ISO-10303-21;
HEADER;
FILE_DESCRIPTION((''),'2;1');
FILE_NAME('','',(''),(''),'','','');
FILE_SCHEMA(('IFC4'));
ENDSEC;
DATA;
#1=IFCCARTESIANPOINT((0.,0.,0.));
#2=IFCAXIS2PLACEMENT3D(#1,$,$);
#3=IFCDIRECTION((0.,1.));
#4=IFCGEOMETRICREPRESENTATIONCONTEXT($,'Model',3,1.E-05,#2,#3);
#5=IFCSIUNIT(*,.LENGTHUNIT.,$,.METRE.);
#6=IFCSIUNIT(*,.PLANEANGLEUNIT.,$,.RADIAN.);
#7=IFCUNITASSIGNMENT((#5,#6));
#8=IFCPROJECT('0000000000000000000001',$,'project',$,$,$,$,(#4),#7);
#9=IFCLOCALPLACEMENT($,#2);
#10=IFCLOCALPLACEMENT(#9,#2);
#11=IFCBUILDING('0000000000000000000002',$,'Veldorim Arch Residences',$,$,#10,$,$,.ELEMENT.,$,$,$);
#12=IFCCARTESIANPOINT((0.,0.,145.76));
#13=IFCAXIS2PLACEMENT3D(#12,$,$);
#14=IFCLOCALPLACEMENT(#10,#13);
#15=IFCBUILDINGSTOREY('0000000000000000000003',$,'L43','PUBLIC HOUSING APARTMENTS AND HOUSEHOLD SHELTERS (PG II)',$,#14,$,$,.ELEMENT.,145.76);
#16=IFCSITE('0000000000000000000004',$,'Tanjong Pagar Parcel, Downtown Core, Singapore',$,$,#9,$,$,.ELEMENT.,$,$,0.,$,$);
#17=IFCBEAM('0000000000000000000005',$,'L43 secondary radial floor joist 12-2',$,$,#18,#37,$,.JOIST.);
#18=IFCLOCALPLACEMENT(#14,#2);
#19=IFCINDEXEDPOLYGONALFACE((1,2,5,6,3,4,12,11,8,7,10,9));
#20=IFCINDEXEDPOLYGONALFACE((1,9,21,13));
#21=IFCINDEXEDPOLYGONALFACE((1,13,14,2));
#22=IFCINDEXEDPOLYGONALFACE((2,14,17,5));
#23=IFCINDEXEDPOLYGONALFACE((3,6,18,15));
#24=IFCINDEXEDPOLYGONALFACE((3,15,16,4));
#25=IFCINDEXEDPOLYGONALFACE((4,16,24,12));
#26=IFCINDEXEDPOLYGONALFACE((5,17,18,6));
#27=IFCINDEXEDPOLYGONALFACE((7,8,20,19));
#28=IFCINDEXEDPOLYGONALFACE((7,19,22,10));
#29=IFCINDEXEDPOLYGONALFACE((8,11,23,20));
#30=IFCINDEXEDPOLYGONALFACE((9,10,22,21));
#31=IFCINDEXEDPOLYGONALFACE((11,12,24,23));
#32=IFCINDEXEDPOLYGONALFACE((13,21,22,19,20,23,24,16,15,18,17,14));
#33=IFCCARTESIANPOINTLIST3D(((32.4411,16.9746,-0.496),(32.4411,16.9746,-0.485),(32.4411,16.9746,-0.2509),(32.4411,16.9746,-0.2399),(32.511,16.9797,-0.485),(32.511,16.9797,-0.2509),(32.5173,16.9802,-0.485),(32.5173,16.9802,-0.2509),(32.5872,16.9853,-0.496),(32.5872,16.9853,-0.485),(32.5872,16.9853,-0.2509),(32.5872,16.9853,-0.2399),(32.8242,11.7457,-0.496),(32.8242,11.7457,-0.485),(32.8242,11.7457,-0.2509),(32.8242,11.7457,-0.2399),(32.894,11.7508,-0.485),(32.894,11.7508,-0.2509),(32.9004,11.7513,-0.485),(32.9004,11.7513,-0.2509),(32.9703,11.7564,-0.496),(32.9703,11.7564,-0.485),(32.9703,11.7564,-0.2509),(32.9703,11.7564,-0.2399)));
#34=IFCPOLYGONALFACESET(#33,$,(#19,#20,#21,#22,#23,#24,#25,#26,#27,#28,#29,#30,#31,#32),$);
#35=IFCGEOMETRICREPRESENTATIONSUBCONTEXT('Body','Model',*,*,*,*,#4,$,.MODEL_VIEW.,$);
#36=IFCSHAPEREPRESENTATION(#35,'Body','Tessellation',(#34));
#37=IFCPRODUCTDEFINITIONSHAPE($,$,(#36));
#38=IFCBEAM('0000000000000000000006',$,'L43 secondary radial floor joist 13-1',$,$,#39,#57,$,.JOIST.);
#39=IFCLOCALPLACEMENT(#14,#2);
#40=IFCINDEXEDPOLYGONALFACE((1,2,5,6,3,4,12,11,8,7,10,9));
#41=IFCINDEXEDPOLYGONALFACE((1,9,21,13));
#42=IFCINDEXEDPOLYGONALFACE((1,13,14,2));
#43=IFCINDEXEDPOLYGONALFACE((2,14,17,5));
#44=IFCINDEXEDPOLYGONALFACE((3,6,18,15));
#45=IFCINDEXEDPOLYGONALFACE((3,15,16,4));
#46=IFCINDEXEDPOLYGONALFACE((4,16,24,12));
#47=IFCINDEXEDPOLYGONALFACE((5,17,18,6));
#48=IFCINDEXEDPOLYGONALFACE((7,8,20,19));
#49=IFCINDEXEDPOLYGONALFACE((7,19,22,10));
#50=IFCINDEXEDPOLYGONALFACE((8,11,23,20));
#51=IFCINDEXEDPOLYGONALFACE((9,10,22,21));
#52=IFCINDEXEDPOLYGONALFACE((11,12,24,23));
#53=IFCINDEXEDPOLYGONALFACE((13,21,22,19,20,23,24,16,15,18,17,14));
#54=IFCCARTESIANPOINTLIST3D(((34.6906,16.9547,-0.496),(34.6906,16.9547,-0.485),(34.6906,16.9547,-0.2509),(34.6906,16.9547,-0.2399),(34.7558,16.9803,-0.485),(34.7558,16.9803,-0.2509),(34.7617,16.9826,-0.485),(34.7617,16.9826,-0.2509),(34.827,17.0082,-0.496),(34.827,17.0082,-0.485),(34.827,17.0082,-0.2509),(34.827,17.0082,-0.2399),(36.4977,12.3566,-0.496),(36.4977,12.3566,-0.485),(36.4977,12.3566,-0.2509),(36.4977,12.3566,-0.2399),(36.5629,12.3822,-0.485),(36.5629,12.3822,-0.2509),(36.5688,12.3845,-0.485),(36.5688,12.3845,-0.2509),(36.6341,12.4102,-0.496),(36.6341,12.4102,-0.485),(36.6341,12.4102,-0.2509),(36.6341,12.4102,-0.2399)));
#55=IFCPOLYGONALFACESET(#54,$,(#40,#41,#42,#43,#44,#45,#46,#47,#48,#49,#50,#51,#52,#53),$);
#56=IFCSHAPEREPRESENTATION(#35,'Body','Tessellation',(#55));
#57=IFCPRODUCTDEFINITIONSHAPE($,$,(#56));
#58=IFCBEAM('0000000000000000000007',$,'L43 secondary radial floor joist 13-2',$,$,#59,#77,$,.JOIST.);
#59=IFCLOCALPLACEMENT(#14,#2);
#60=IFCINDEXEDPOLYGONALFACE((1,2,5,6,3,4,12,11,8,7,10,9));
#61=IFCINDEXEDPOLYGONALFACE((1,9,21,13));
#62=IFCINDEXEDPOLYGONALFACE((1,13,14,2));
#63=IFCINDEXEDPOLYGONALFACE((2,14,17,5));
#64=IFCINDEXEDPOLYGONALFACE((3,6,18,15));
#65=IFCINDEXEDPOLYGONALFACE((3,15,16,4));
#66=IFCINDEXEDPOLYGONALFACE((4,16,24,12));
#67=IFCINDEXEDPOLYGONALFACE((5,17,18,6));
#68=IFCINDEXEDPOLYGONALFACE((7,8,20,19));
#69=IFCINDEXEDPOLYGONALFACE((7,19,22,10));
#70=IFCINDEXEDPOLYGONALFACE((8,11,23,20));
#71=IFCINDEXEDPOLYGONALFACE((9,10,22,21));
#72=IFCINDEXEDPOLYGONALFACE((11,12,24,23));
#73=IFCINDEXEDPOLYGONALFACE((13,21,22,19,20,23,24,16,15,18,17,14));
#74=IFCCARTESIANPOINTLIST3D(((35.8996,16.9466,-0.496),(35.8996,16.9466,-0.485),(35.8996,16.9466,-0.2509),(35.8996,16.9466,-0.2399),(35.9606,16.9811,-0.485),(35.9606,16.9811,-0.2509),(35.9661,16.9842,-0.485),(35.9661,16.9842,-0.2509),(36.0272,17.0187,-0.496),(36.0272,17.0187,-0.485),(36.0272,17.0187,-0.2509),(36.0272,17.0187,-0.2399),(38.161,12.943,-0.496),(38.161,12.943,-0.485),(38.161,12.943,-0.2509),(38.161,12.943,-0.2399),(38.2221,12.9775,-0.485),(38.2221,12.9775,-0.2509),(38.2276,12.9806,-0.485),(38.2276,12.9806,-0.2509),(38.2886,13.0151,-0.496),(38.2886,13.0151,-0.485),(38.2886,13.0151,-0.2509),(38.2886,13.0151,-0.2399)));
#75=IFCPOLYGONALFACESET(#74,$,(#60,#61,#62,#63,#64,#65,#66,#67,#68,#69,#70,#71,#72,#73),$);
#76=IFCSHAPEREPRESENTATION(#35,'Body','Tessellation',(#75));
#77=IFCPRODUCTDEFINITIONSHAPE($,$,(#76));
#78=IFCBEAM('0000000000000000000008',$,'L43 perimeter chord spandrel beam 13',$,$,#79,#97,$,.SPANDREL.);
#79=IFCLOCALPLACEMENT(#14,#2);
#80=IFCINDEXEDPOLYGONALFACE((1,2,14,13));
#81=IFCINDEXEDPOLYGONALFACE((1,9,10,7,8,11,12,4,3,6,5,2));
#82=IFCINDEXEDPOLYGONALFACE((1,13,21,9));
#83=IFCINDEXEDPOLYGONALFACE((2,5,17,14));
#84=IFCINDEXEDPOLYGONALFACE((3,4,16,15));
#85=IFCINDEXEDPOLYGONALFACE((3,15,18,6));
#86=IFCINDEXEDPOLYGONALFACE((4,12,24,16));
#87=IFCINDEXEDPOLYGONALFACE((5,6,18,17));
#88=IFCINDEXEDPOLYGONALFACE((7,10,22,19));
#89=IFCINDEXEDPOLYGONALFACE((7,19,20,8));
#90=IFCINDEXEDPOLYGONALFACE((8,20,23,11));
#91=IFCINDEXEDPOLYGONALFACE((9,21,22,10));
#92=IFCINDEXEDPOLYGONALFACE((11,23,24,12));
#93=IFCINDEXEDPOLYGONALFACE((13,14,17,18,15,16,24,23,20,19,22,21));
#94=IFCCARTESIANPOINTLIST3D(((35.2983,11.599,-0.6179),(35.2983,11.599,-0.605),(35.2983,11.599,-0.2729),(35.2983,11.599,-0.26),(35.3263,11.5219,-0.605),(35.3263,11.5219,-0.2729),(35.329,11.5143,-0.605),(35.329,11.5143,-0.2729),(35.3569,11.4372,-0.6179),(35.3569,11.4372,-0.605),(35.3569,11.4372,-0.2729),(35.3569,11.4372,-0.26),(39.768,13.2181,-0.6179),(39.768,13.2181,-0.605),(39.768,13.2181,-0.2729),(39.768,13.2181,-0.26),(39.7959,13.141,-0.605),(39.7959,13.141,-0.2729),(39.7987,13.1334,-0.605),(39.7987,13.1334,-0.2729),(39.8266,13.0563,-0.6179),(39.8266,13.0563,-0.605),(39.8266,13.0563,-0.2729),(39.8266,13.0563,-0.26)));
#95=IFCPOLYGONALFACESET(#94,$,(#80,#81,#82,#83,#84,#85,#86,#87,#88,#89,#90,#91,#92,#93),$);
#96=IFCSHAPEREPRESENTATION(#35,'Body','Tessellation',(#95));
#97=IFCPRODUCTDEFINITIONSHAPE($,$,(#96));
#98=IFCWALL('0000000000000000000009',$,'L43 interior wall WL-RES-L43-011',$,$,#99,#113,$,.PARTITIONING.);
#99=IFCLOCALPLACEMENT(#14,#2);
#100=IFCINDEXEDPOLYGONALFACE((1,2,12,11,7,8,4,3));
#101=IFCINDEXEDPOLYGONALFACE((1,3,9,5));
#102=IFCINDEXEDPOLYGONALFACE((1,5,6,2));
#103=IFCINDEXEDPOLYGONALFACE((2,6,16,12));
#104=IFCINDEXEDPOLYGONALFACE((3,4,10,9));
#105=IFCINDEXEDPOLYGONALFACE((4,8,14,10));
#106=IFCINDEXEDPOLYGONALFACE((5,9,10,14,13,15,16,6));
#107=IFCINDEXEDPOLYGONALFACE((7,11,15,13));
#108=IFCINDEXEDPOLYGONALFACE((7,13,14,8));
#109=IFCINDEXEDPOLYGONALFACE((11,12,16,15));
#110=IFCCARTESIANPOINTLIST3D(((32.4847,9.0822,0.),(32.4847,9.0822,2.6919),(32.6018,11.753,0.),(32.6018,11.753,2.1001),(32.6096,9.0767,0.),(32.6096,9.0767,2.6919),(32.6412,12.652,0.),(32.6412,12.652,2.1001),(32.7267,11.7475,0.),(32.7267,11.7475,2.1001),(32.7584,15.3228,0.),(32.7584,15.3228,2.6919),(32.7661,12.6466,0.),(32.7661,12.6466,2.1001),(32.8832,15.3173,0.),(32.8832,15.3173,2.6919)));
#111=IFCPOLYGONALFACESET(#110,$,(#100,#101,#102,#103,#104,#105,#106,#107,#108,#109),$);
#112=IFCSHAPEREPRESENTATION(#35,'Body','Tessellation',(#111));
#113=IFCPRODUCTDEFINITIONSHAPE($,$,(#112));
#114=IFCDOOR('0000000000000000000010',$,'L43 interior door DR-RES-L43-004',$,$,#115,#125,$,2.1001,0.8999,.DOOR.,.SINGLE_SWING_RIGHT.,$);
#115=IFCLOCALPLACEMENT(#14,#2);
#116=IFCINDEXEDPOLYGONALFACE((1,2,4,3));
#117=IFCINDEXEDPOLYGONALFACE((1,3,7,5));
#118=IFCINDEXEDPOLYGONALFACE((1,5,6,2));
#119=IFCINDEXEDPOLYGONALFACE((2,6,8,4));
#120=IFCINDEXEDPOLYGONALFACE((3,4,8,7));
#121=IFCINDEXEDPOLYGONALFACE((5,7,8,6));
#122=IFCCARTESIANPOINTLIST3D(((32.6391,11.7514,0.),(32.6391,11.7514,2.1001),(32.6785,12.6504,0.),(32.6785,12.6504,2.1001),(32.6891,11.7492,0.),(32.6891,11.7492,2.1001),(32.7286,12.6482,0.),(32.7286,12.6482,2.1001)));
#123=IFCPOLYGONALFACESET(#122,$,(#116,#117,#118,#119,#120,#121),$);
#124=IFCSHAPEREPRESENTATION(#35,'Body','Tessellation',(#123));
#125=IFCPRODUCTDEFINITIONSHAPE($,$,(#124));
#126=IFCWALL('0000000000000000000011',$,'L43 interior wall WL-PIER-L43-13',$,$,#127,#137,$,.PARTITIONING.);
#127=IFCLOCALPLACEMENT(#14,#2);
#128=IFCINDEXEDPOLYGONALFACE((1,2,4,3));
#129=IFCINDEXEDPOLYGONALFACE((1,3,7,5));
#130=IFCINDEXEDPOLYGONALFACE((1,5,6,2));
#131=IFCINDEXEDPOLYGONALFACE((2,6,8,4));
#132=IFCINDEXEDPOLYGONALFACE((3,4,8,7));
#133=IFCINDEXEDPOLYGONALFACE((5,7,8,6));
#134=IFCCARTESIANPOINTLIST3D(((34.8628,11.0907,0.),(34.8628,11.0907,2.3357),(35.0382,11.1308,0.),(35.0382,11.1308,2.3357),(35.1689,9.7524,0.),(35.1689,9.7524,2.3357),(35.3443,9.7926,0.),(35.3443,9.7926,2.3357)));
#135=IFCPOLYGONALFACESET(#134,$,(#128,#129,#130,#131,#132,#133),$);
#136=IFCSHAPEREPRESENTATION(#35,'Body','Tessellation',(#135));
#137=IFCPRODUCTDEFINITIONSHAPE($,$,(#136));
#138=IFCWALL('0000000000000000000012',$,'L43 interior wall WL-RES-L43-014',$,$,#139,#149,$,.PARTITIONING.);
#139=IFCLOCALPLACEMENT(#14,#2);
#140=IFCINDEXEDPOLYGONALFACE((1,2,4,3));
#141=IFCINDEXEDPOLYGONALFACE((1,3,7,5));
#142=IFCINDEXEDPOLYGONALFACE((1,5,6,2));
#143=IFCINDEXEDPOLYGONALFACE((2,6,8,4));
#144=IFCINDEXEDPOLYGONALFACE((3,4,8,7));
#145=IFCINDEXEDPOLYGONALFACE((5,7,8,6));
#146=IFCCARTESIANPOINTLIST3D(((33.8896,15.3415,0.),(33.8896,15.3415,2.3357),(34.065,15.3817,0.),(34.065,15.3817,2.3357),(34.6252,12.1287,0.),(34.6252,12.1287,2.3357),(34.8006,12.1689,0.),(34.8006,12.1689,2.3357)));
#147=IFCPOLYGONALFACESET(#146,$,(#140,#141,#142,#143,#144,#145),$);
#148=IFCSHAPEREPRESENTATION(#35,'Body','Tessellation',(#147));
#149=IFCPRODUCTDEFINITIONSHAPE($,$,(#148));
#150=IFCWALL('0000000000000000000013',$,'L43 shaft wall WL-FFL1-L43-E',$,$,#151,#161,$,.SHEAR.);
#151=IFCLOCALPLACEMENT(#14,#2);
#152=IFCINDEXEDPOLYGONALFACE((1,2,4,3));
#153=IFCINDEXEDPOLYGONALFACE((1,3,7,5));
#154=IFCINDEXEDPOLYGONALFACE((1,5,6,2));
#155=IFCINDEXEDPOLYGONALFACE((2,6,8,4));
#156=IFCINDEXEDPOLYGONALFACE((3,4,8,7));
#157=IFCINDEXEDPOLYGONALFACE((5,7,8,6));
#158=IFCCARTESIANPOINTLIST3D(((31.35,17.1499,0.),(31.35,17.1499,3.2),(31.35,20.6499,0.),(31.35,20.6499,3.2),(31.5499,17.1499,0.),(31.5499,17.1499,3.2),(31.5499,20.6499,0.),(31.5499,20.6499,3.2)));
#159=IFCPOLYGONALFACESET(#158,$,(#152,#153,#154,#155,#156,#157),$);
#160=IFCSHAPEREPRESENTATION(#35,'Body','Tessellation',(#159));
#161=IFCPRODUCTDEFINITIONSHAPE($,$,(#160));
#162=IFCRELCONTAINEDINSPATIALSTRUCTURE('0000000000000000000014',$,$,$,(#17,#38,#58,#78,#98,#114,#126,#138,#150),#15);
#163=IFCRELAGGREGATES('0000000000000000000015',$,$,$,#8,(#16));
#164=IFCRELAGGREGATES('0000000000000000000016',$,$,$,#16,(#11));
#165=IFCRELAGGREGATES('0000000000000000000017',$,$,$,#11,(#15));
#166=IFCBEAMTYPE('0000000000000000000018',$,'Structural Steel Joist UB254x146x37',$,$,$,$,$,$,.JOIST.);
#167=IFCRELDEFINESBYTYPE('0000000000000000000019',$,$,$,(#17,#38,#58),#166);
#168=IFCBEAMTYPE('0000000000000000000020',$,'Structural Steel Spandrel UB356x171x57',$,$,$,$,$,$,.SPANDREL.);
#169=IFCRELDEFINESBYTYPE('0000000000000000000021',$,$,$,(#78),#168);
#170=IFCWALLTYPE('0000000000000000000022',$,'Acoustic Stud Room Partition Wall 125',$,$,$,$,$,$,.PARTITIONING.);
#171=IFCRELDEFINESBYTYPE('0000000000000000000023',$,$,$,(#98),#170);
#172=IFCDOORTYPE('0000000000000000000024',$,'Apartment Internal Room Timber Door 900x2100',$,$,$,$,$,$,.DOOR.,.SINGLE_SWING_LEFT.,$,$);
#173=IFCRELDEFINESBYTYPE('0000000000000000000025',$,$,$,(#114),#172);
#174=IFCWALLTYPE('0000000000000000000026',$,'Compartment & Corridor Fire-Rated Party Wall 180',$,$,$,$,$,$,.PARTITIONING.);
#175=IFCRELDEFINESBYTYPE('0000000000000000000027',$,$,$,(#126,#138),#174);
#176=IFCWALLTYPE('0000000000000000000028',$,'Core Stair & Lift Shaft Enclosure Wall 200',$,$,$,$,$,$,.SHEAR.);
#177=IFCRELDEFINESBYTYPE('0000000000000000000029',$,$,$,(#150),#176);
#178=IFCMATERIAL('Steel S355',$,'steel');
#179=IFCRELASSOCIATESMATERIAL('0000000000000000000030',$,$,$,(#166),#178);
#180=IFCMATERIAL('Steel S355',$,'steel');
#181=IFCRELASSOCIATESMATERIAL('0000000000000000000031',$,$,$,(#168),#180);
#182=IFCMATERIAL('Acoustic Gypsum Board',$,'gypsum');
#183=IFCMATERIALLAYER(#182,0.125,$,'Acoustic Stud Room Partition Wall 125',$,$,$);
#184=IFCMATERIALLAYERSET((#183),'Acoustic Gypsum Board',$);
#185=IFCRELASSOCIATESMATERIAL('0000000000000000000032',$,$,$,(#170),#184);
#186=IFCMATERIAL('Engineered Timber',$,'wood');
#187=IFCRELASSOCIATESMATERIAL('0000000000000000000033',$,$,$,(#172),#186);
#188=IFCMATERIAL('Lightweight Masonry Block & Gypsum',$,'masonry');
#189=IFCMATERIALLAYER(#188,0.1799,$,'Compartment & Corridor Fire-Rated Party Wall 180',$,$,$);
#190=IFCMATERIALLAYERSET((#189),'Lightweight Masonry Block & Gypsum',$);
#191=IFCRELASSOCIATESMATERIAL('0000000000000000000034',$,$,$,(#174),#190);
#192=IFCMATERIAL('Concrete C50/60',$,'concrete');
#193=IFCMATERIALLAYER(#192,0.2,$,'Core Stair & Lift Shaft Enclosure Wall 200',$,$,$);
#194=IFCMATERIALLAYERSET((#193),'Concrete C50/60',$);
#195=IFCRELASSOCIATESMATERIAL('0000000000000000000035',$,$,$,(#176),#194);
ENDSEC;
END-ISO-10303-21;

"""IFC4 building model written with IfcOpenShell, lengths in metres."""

from ifc_helpers import new_model, si_unit, direction, frame, frame_2d, origin, origin_2d, place, context, subcontext, project, spatial, rectangle, i_section, extrude, material, layer, layer_set, material_profile, profile_set, type_object, element, fill, save


model = new_model("IFC4")

# Units and contexts
model_context = context("Model", 3, precision=1e-05, world=origin(), true_north=direction((0.0, 1.0)))
body_context = subcontext(model_context, "Body", "Model", "MODEL_VIEW")
ifc_project = project(units=[si_unit("LENGTHUNIT", "METRE"), si_unit("PLANEANGLEUNIT", "RADIAN")], contexts=[model_context])

# Site, building, storey
site_placement = place(None, origin())
site = spatial("IfcSite", under=ifc_project, at=site_placement, Name="Tanjong Pagar Parcel, Downtown Core, Singapore", CompositionType="ELEMENT", RefElevation=0.0)
building_placement = place(site_placement, origin())
building = spatial("IfcBuilding", under=site, at=building_placement, Name="Veldorim Arch Residences", CompositionType="ELEMENT")
storey_placement = place(building_placement, frame((0.0, 0.0, 145.76)))
storey = spatial("IfcBuildingStorey", under=building, at=storey_placement, Name="L43", Description="PUBLIC HOUSING APARTMENTS AND HOUSEHOLD SHELTERS (PG II)", CompositionType="ELEMENT", Elevation=145.76)

# Beams
ifc_material_1 = material(Name="Steel S355", Category="steel")
ifc_material_profile_1 = material_profile(ifc_material_1, i_section(OverallWidth=0.1465, OverallDepth=0.2561, WebThickness=0.0063, FlangeThickness=0.011, at=origin_2d()), Name="UB254x146x37")
ifc_profile_set_1 = profile_set([ifc_material_profile_1], Name="Steel S355")
beam_type_1 = type_object("IfcBeamType", Name="Structural Steel Joist UB254x146x37", PredefinedType="JOIST", material=ifc_profile_set_1)
for number, where, z_axis, x_axis, name in (
    (1, (32.5142, 16.98, -0.3679), (0.07306, -0.997328, 0.0), (0.997328, 0.07306, 0.0), "L43 secondary radial floor joist 12-2"),
):
    element("IfcBeam", number, at=place(storey_placement, frame(where, z_axis=z_axis, x_axis=x_axis)), inside=storey, type_object=beam_type_1, Name=name, PredefinedType="JOIST", context=body_context, shape_type="SweptSolid", body=[
        extrude(i_section(OverallWidth=0.1465, OverallDepth=0.2561, WebThickness=0.0063, FlangeThickness=0.011, at=origin_2d()), origin(), (0.0, 0.0, 1.0), 5.2429),
    ])
beam_1_placement = place(storey_placement, frame((34.7588, 16.9814, -0.3679), z_axis=(0.365778, -0.930702, 0.0), x_axis=(0.930702, 0.365778, 0.0)))
element("IfcBeam", 2, at=beam_1_placement, inside=storey, type_object=beam_type_1, Name="L43 secondary radial floor joist 13-1", PredefinedType="JOIST", context=body_context, shape_type="SweptSolid", body=[
    extrude(i_section(OverallWidth=0.1465, OverallDepth=0.2561, WebThickness=0.0063, FlangeThickness=0.011, at=origin_2d()), origin(), (0.0, 0.0, 1.0), 4.9404),
])
beam_2_placement = place(storey_placement, frame((35.9634, 16.9827, -0.3679), z_axis=(0.491816, -0.870699, 0.0), x_axis=(0.870699, 0.491816, 0.0)))
element("IfcBeam", 3, at=beam_2_placement, inside=storey, type_object=beam_type_1, Name="L43 secondary radial floor joist 13-2", PredefinedType="JOIST", context=body_context, shape_type="SweptSolid", body=[
    extrude(i_section(OverallWidth=0.1465, OverallDepth=0.2561, WebThickness=0.0063, FlangeThickness=0.011, at=origin_2d()), origin(), (0.0, 0.0, 1.0), 4.5981),
])
ifc_material_2 = material(Name="Steel S355", Category="steel")
ifc_material_profile_2 = material_profile(ifc_material_2, i_section(OverallWidth=0.1721, OverallDepth=0.3579, WebThickness=0.0081, FlangeThickness=0.0129, at=origin_2d()), Name="UB356x171x57")
ifc_profile_set_2 = profile_set([ifc_material_profile_2], Name="Steel S355")
beam_type_2 = type_object("IfcBeamType", Name="Structural Steel Spandrel UB356x171x57", PredefinedType="SPANDREL", material=ifc_profile_set_2)
beam_3_placement = place(storey_placement, frame((35.3276, 11.5181, -0.439), z_axis=(0.940213, 0.340588, 0.0), x_axis=(-0.340588, 0.940213, 0.0)))
element("IfcBeam", 4, at=beam_3_placement, inside=storey, type_object=beam_type_2, Name="L43 perimeter chord spandrel beam 13", PredefinedType="SPANDREL", context=body_context, shape_type="SweptSolid", body=[
    extrude(i_section(OverallWidth=0.1721, OverallDepth=0.3579, WebThickness=0.0081, FlangeThickness=0.0129, at=origin_2d()), origin(), (0.0, 0.0, 1.0), 4.7539),
])

# Wall, opening, door
ifc_material_3 = material(Name="Acoustic Gypsum Board", Category="gypsum")
ifc_layer_1 = layer(ifc_material_3, 0.125, Name="Acoustic Stud Room Partition Wall 125")
ifc_layer_set_1 = layer_set([ifc_layer_1], Name="Acoustic Gypsum Board")
wall_type_1 = type_object("IfcWallType", Name="Acoustic Stud Room Partition Wall 125", PredefinedType="PARTITIONING", material=ifc_layer_set_1)
wall_1_placement = place(storey_placement, frame((32.8208, 15.3201, 0.0), z_axis=(0.0, 0.0, 1.0), x_axis=(-0.043814, -0.99904, 0.0)))
wall_1 = element("IfcWall", 5, at=wall_1_placement, inside=storey, type_object=wall_type_1, Name="L43 interior wall WL-RES-L43-011", PredefinedType="PARTITIONING", context=body_context, shape_type="SweptSolid", body=[
    extrude(rectangle(XDim=6.2466, YDim=0.125, at=frame_2d((3.1233, 0.0))), origin(), (0.0, 0.0, 1.0), 2.6919),
])
opening_1_placement = place(wall_1_placement, frame((2.6733, 0.0, 0.0)))
opening_1 = element("IfcOpeningElement", 6, at=opening_1_placement, cuts=wall_1, PredefinedType="OPENING", context=body_context, shape_type="SweptSolid", body=[
    extrude(rectangle(XDim=0.8999, YDim=2.1001, at=frame_2d((0.45, 1.05))), frame((0.0, 0.0725, 0.0), z_axis=(0.0, -1.0, 0.0), x_axis=(1.0, 0.0, 0.0)), (0.0, 0.0, 1.0), 0.145),
])
ifc_material_4 = material(Name="Engineered Timber", Category="wood")
door_type_1 = type_object("IfcDoorType", Name="Apartment Internal Room Timber Door 900x2100", OperationType="SINGLE_SWING_LEFT", PredefinedType="DOOR", material=ifc_material_4)
door_1_placement = place(opening_1_placement, origin())
door_1 = element("IfcDoor", 7, at=door_1_placement, inside=storey, type_object=door_type_1, Name="L43 interior door DR-RES-L43-004", OperationType="SINGLE_SWING_RIGHT", OverallHeight=2.1001, OverallWidth=0.8999, PredefinedType="DOOR", context=body_context, shape_type="SweptSolid", body=[
    extrude(rectangle(XDim=0.8999, YDim=2.1001, at=frame_2d((0.45, 1.05))), frame((0.0, 0.0249, 0.0), z_axis=(0.0, -1.0, 0.0), x_axis=(1.0, 0.0, 0.0)), (0.0, 0.0, 1.0), 0.05),
])
fill(opening_1, door_1)

# Walls
ifc_material_5 = material(Name="Lightweight Masonry Block & Gypsum", Category="masonry")
ifc_layer_2 = layer(ifc_material_5, 0.1799, Name="Compartment & Corridor Fire-Rated Party Wall 180")
ifc_layer_set_2 = layer_set([ifc_layer_2], Name="Lightweight Masonry Block & Gypsum")
wall_type_2 = type_object("IfcWallType", Name="Compartment & Corridor Fire-Rated Party Wall 180", PredefinedType="PARTITIONING", material=ifc_layer_set_2)
wall_2_placement = place(storey_placement, frame((34.9504, 11.1108, 0.0), z_axis=(0.0, 0.0, 1.0), x_axis=(0.223028, -0.974812, 0.0)))
element("IfcWall", 8, at=wall_2_placement, inside=storey, type_object=wall_type_2, Name="L43 interior wall WL-PIER-L43-13", PredefinedType="PARTITIONING", context=body_context, shape_type="SweptSolid", body=[
    extrude(rectangle(XDim=1.3728, YDim=0.1799, at=frame_2d((0.6865, 0.0))), origin(), (0.0, 0.0, 1.0), 2.3357),
])
wall_3_placement = place(storey_placement, frame((33.9773, 15.3616, 0.0), z_axis=(0.0, 0.0, 1.0), x_axis=(0.223193, -0.974774, 0.0)))
element("IfcWall", 9, at=wall_3_placement, inside=storey, type_object=wall_type_2, Name="L43 interior wall WL-RES-L43-014", PredefinedType="PARTITIONING", context=body_context, shape_type="SweptSolid", body=[
    extrude(rectangle(XDim=3.2959, YDim=0.1799, at=frame_2d((1.6479, 0.0))), origin(), (0.0, 0.0, 1.0), 2.3357),
])
ifc_material_6 = material(Name="Concrete C50/60", Category="concrete")
ifc_layer_3 = layer(ifc_material_6, 0.2, Name="Core Stair & Lift Shaft Enclosure Wall 200")
ifc_layer_set_3 = layer_set([ifc_layer_3], Name="Concrete C50/60")
wall_type_3 = type_object("IfcWallType", Name="Core Stair & Lift Shaft Enclosure Wall 200", PredefinedType="SHEAR", material=ifc_layer_set_3)
wall_4_placement = place(storey_placement, frame((31.45, 17.1499, 0.0), z_axis=(0.0, 0.0, 1.0), x_axis=(0.0, 1.0, 0.0)))
element("IfcWall", 10, at=wall_4_placement, inside=storey, type_object=wall_type_3, Name="L43 shaft wall WL-FFL1-L43-E", PredefinedType="SHEAR", context=body_context, shape_type="SweptSolid", body=[
    extrude(rectangle(XDim=3.5, YDim=0.2, at=frame_2d((1.75, 0.0))), origin(), (0.0, 0.0, 1.0), 3.2),
])

save(model, "model.ifc")
